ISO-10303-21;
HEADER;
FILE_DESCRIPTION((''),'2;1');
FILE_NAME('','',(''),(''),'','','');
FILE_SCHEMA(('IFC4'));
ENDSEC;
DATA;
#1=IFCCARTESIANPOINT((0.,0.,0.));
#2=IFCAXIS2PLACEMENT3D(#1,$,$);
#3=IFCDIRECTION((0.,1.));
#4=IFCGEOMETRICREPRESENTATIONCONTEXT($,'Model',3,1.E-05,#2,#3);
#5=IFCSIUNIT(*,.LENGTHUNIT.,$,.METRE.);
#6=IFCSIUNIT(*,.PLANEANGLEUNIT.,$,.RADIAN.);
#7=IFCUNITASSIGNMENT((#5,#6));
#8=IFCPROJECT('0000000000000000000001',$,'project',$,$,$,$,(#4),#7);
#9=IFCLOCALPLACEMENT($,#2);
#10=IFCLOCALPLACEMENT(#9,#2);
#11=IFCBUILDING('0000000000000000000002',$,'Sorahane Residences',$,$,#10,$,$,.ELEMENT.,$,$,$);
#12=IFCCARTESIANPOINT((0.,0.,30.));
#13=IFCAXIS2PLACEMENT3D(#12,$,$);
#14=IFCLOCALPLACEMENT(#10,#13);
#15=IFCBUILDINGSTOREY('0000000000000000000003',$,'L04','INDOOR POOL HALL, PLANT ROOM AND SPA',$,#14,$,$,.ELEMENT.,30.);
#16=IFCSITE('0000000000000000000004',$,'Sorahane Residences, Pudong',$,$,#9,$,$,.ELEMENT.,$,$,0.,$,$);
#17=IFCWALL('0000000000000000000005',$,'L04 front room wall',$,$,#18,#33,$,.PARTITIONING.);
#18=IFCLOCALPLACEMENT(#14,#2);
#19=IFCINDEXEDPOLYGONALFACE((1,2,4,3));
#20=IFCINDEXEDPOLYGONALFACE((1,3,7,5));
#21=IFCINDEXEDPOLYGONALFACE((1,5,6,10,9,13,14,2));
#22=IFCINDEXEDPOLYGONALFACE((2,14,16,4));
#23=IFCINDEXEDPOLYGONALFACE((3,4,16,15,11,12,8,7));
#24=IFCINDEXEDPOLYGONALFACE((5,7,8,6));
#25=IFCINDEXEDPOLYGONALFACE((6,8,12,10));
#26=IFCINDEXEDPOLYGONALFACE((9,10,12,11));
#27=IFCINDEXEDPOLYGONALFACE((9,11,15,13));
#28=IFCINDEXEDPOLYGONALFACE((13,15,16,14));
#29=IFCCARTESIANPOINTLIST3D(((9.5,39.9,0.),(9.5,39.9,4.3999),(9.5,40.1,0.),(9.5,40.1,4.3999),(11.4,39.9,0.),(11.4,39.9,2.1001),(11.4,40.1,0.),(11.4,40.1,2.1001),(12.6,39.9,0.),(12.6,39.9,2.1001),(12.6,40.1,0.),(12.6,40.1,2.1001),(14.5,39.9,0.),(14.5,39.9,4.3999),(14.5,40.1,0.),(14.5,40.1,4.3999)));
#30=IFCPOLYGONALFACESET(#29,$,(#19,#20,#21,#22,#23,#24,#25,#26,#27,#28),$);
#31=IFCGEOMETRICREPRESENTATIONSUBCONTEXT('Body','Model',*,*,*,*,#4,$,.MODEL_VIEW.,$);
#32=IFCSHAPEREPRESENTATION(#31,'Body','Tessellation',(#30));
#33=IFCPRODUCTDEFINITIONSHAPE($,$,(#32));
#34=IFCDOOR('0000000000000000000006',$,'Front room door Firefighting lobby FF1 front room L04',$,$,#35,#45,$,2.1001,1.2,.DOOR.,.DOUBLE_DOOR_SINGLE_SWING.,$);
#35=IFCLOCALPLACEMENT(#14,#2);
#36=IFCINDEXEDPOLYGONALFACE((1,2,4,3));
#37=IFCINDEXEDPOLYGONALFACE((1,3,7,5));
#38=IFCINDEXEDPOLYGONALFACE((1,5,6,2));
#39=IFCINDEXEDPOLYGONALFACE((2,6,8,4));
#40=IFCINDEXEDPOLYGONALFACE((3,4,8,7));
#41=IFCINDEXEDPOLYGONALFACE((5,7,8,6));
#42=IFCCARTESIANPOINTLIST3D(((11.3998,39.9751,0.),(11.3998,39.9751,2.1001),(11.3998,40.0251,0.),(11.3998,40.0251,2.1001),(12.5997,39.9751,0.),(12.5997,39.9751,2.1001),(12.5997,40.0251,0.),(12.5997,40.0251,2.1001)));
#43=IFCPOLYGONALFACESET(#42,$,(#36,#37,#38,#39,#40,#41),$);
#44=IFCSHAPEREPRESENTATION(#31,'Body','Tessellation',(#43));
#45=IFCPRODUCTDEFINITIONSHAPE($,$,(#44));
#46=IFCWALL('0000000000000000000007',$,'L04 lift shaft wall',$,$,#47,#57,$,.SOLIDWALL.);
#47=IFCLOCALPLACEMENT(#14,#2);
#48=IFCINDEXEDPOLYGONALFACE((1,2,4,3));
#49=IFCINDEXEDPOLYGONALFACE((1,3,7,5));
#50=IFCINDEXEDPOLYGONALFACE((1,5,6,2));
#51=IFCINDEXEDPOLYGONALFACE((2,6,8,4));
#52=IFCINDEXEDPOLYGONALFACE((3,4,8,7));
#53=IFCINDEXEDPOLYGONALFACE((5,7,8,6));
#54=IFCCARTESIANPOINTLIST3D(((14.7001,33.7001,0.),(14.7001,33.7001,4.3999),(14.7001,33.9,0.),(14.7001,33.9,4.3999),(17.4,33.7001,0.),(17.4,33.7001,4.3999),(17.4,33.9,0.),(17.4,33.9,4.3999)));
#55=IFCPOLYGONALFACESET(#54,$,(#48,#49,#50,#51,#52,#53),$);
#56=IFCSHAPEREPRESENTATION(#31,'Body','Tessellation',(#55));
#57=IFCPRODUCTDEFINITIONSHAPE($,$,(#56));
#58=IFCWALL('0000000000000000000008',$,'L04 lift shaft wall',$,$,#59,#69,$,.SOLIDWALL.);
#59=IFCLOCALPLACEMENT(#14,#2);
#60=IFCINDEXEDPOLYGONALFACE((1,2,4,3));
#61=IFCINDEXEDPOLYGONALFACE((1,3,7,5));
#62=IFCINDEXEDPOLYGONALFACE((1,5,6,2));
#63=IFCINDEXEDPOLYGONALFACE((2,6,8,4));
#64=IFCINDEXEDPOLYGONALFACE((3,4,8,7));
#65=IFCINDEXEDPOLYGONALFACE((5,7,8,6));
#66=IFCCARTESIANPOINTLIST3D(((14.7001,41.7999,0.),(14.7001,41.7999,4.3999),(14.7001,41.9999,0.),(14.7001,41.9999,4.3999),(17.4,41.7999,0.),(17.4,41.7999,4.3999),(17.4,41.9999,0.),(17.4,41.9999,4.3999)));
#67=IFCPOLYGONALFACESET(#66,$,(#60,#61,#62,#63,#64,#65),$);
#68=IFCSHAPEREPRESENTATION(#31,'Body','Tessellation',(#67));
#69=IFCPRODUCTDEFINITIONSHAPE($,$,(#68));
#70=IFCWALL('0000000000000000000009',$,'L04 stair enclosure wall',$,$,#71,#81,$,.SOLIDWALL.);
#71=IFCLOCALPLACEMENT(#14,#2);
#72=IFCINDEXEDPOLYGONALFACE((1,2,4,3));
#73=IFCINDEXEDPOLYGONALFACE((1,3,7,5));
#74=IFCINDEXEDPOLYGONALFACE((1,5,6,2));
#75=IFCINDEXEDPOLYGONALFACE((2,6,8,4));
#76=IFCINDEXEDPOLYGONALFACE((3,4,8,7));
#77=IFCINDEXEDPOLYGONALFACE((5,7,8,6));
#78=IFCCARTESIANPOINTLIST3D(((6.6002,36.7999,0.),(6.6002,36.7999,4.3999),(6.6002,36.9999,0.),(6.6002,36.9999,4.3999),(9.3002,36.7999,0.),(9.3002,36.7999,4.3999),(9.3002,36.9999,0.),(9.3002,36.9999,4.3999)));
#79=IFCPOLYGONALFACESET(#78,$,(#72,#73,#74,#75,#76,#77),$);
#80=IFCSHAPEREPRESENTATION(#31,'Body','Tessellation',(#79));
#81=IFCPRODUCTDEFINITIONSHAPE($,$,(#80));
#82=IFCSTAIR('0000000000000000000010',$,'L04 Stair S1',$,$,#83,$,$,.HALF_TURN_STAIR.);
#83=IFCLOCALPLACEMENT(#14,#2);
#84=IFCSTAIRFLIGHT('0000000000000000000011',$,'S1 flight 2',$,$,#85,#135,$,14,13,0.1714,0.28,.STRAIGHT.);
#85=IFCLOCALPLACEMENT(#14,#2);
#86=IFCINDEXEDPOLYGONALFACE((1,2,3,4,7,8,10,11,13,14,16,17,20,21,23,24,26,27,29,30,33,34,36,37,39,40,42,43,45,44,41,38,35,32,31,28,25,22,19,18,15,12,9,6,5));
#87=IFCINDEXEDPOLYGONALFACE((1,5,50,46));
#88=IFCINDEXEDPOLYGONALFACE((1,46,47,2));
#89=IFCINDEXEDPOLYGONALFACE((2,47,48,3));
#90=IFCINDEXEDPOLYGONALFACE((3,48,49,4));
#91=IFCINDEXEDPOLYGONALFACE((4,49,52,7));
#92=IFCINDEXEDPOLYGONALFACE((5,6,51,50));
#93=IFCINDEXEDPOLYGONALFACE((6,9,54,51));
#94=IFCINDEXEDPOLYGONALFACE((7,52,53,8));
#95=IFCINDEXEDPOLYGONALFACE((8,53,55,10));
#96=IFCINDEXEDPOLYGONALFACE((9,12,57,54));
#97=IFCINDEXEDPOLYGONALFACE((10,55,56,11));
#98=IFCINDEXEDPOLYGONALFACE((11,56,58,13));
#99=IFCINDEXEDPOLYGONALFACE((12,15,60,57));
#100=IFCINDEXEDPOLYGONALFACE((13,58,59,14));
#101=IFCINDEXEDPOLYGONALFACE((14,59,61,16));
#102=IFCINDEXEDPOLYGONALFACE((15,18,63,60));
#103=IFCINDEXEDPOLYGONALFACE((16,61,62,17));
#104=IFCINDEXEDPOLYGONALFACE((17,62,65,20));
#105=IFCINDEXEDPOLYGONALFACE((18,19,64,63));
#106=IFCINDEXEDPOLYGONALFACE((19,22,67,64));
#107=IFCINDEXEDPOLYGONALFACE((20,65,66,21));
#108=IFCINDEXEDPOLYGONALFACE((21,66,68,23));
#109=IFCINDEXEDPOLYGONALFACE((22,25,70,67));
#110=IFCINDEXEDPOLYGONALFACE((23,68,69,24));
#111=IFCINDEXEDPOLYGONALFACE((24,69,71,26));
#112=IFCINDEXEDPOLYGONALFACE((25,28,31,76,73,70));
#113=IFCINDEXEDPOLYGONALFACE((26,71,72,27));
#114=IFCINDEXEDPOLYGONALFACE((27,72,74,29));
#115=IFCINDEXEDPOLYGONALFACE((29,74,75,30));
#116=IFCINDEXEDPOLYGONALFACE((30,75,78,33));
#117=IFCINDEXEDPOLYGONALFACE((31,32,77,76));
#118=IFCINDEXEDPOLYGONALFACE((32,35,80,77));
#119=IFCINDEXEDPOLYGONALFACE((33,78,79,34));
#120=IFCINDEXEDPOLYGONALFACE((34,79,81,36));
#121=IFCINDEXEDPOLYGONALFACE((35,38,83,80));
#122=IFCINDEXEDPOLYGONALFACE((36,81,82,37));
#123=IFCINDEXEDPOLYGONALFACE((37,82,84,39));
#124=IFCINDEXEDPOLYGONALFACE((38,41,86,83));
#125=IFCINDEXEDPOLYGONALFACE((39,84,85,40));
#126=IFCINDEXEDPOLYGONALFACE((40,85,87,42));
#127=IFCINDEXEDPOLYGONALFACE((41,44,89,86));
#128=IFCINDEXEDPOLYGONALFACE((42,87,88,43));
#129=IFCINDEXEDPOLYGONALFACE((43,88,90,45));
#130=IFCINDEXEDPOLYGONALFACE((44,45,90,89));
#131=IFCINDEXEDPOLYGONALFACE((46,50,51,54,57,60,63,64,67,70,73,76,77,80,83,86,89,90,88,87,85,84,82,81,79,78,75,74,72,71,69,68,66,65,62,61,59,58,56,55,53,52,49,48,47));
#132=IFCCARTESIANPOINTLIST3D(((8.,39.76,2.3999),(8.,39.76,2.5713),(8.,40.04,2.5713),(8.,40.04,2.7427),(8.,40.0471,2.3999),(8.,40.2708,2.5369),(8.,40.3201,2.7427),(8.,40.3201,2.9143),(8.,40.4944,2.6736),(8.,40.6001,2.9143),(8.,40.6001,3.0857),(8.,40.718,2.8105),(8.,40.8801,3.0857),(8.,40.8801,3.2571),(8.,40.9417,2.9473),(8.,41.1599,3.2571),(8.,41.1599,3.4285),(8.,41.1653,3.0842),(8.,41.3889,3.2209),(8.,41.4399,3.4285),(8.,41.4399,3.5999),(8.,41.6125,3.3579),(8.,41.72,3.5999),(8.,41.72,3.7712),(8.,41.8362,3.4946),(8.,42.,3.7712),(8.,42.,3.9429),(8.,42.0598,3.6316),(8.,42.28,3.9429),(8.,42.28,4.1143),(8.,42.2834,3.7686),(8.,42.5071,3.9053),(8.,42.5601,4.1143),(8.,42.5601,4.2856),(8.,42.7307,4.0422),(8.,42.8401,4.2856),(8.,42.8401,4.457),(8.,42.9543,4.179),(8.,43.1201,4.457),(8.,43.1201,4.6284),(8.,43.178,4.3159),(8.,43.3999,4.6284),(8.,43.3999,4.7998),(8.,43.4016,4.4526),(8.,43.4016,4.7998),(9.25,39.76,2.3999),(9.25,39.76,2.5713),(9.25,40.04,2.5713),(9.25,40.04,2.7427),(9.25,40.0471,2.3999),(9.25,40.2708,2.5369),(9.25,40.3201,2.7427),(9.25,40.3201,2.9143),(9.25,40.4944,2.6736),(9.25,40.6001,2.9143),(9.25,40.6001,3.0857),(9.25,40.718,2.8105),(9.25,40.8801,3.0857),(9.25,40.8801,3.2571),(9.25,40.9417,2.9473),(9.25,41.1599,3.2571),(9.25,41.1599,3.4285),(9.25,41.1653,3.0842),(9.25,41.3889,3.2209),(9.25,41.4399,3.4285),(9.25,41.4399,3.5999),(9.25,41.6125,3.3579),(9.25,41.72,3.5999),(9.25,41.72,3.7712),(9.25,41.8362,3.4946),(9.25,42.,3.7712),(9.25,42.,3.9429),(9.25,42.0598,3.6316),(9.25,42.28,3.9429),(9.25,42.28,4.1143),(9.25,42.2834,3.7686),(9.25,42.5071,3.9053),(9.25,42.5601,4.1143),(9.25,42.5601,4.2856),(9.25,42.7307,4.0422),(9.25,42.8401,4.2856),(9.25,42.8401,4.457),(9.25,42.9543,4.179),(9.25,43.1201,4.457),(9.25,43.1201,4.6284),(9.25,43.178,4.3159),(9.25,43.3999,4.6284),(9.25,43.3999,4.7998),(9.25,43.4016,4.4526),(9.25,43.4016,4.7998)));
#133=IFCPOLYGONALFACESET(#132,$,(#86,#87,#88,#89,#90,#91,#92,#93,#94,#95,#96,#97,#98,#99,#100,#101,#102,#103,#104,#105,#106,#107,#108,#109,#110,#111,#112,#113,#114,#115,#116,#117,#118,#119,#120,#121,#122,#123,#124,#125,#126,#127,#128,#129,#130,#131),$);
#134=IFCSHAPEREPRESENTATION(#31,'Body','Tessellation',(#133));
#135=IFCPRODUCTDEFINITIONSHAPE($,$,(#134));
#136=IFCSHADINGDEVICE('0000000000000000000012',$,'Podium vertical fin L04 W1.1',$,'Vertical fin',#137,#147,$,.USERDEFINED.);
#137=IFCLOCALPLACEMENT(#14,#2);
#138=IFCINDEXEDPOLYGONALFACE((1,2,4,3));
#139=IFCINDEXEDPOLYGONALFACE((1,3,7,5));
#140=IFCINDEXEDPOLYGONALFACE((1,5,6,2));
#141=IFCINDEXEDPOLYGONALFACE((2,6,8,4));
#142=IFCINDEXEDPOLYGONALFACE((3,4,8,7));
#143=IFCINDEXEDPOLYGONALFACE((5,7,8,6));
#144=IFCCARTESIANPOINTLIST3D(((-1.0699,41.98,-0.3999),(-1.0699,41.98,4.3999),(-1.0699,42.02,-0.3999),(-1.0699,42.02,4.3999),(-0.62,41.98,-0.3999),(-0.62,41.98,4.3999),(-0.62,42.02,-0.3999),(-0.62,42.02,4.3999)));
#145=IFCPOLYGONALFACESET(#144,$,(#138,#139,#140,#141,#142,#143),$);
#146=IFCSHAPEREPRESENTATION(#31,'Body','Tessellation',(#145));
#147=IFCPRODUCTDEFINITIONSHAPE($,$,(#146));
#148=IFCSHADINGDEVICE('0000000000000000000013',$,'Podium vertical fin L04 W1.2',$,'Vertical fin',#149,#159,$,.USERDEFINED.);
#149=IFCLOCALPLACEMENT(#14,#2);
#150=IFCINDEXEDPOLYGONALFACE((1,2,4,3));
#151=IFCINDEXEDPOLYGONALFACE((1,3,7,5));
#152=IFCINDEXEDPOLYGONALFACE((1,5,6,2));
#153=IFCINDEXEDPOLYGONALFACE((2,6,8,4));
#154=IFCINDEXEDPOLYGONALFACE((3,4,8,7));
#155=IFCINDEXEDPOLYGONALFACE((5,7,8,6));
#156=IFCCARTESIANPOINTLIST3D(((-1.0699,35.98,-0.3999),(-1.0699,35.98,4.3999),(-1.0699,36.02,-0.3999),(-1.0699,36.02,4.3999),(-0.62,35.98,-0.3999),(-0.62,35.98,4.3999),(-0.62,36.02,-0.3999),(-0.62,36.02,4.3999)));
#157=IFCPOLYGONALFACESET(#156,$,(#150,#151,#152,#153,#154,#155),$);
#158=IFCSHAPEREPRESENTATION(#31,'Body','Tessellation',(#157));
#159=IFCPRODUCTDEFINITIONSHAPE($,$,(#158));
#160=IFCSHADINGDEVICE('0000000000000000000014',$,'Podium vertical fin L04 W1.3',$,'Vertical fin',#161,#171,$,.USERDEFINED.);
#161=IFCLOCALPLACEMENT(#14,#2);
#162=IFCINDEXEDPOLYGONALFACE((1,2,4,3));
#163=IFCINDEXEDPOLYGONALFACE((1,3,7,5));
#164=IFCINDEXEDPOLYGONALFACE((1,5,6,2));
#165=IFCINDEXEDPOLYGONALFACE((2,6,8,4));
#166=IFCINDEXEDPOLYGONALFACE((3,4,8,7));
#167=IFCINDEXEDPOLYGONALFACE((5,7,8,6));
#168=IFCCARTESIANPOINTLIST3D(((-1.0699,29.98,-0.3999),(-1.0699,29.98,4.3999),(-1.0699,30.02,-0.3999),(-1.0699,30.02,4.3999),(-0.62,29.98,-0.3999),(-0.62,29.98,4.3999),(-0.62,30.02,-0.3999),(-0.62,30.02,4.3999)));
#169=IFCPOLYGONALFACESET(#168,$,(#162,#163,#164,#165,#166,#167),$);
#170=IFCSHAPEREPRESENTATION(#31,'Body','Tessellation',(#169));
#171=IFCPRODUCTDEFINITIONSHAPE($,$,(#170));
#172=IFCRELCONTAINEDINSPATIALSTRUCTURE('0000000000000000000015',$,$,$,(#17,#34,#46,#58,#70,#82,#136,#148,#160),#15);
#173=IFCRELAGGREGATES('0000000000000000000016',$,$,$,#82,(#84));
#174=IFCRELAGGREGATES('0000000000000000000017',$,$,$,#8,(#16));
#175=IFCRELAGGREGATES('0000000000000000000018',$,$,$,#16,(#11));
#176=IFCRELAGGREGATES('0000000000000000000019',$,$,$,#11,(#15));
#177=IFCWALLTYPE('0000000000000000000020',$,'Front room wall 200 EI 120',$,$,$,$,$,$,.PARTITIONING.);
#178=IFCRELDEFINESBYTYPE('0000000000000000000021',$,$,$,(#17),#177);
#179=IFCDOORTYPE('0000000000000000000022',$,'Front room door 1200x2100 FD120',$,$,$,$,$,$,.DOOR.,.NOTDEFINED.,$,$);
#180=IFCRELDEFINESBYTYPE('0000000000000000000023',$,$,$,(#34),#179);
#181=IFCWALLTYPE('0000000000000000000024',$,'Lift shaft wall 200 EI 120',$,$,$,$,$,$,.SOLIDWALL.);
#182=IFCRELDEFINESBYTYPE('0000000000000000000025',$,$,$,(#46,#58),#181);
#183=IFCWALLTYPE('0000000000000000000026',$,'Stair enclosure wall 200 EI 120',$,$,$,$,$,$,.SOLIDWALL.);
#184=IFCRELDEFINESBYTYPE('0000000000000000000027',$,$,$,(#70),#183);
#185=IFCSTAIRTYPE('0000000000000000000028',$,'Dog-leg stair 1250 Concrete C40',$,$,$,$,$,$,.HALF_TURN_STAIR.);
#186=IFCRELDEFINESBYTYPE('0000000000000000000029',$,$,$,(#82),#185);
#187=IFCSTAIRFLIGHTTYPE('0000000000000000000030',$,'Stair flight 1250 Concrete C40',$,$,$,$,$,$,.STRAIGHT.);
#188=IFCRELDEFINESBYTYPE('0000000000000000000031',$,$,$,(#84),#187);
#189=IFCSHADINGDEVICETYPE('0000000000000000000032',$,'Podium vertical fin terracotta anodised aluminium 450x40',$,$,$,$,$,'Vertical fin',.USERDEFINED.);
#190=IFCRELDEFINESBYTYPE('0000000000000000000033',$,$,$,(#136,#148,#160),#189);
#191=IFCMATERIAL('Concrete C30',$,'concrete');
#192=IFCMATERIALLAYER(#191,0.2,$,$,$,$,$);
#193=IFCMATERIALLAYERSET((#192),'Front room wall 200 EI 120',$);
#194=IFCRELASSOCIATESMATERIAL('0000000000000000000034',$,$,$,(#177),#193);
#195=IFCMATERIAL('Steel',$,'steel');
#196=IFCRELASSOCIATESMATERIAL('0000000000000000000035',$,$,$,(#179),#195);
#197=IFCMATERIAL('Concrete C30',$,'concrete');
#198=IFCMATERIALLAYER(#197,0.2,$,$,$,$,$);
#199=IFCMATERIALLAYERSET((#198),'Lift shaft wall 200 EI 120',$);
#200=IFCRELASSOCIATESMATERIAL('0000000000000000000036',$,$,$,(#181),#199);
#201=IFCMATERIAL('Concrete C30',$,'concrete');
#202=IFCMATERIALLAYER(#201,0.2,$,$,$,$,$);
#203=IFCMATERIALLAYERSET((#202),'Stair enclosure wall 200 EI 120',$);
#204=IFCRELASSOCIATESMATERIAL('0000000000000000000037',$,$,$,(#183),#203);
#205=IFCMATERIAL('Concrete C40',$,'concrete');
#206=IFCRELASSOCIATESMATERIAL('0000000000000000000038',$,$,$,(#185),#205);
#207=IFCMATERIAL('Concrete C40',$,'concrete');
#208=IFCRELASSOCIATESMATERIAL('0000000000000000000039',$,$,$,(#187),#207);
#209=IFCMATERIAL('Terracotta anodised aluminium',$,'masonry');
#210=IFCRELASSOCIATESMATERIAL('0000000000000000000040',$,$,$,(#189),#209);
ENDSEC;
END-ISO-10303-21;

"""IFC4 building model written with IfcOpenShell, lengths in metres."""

from ifc_helpers import new_model, si_unit, direction, frame, frame_2d, origin, origin_2d, place, context, subcontext, project, spatial, polyline, rectangle, outline, extrude, material, layer, layer_set, material_profile, profile_set, type_object, element, fill, aggregate, save


model = new_model("IFC4")

# Units and contexts
model_context = context("Model", 3, precision=1e-05, world=origin(), true_north=direction((0.0, 1.0)))
body_context = subcontext(model_context, "Body", "Model", "MODEL_VIEW")
ifc_project = project(units=[si_unit("LENGTHUNIT", "METRE"), si_unit("PLANEANGLEUNIT", "RADIAN")], contexts=[model_context])

# Site, building, storey
site_placement = place(None, origin())
site = spatial("IfcSite", under=ifc_project, at=site_placement, Name="Sorahane Residences, Pudong", CompositionType="ELEMENT", RefElevation=0.0)
building_placement = place(site_placement, origin())
building = spatial("IfcBuilding", under=site, at=building_placement, Name="Sorahane Residences", CompositionType="ELEMENT")
storey_placement = place(building_placement, frame((0.0, 0.0, 30.0)))
storey = spatial("IfcBuildingStorey", under=building, at=storey_placement, Name="L04", Description="INDOOR POOL HALL, PLANT ROOM AND SPA", CompositionType="ELEMENT", Elevation=30.0)

# Wall, opening, door
ifc_material_1 = material(Name="Concrete C30", Category="concrete")
ifc_layer_1 = layer(ifc_material_1, 0.2)
ifc_layer_set_1 = layer_set([ifc_layer_1], Name="Front room wall 200 EI 120")
wall_type_1 = type_object("IfcWallType", Name="Front room wall 200 EI 120", PredefinedType="PARTITIONING", material=ifc_layer_set_1)
wall_1_placement = place(storey_placement, frame((9.5, 40.0, 0.0), z_axis=(0.0, 0.0, 1.0), x_axis=(1.0, 0.0, 0.0)))
wall_1 = element("IfcWall", 1, at=wall_1_placement, inside=storey, type_object=wall_type_1, Name="L04 front room wall", PredefinedType="PARTITIONING", context=body_context, shape_type="SweptSolid", body=[
    extrude(rectangle(XDim=5.0, YDim=0.2, at=frame_2d((2.5, 0.0))), origin(), (0.0, 0.0, 1.0), 4.3999),
])
opening_placement = place(wall_1_placement, frame((1.8999, 0.0, 0.0)))
opening = element("IfcOpeningElement", 2, at=opening_placement, cuts=wall_1, PredefinedType="OPENING", context=body_context, shape_type="SweptSolid", body=[
    extrude(rectangle(XDim=1.2, YDim=2.1001, at=frame_2d((0.6001, 1.05))), frame((0.0, 0.1099, 0.0), z_axis=(0.0, -1.0, 0.0), x_axis=(1.0, 0.0, 0.0)), (0.0, 0.0, 1.0), 0.22),
])
ifc_material_2 = material(Name="Steel", Category="steel")
door_type = type_object("IfcDoorType", Name="Front room door 1200x2100 FD120", OperationType="NOTDEFINED", PredefinedType="DOOR", material=ifc_material_2)
door_placement = place(opening_placement, frame((1.2, 0.0, 0.0), z_axis=(0.0, 0.0, 1.0), x_axis=(-1.0, 0.0, 0.0)))
door = element("IfcDoor", 3, at=door_placement, inside=storey, type_object=door_type, Name="Front room door Firefighting lobby FF1 front room L04", OperationType="DOUBLE_DOOR_SINGLE_SWING", OverallHeight=2.1001, OverallWidth=1.2, PredefinedType="DOOR", context=body_context, shape_type="SweptSolid", body=[
    extrude(rectangle(XDim=1.2, YDim=2.1001, at=frame_2d((0.6001, 1.05))), frame((0.0, 0.0249, 0.0), z_axis=(0.0, -1.0, 0.0), x_axis=(1.0, 0.0, 0.0)), (0.0, 0.0, 1.0), 0.05),
])
fill(opening, door)

# Walls
ifc_material_3 = material(Name="Concrete C30", Category="concrete")
ifc_layer_2 = layer(ifc_material_3, 0.2)
ifc_layer_set_2 = layer_set([ifc_layer_2], Name="Lift shaft wall 200 EI 120")
wall_type_2 = type_object("IfcWallType", Name="Lift shaft wall 200 EI 120", PredefinedType="SOLIDWALL", material=ifc_layer_set_2)
for number, where, z_axis, x_axis, name in (
    (4, (14.7, 33.8, 0.0), (0.0, 0.0, 1.0), (1.0, 0.0, 0.0), "L04 lift shaft wall"),
    (5, (14.7, 41.8999, 0.0), (0.0, 0.0, 1.0), (1.0, 0.0, 0.0), "L04 lift shaft wall"),
):
    element("IfcWall", number, at=place(storey_placement, frame(where, z_axis=z_axis, x_axis=x_axis)), inside=storey, type_object=wall_type_2, Name=name, PredefinedType="SOLIDWALL", context=body_context, shape_type="SweptSolid", body=[
        extrude(rectangle(XDim=2.7, YDim=0.2, at=frame_2d((1.3501, 0.0))), origin(), (0.0, 0.0, 1.0), 4.3999),
    ])
ifc_material_4 = material(Name="Concrete C30", Category="concrete")
ifc_layer_3 = layer(ifc_material_4, 0.2)
ifc_layer_set_3 = layer_set([ifc_layer_3], Name="Stair enclosure wall 200 EI 120")
wall_type_3 = type_object("IfcWallType", Name="Stair enclosure wall 200 EI 120", PredefinedType="SOLIDWALL", material=ifc_layer_set_3)
wall_2_placement = place(storey_placement, frame((6.6001, 36.8999, 0.0), z_axis=(0.0, 0.0, 1.0), x_axis=(1.0, 0.0, 0.0)))
element("IfcWall", 6, at=wall_2_placement, inside=storey, type_object=wall_type_3, Name="L04 stair enclosure wall", PredefinedType="SOLIDWALL", context=body_context, shape_type="SweptSolid", body=[
    extrude(rectangle(XDim=2.7, YDim=0.2, at=frame_2d((1.3501, 0.0))), origin(), (0.0, 0.0, 1.0), 4.3999),
])

# Stair, stair flight
ifc_material_5 = material(Name="Concrete C40", Category="concrete")
stair_type = type_object("IfcStairType", Name="Dog-leg stair 1250 Concrete C40", PredefinedType="HALF_TURN_STAIR", material=ifc_material_5)
stair_placement = place(storey_placement, origin())
stair = element("IfcStair", 7, at=stair_placement, inside=storey, type_object=stair_type, Name="L04 Stair S1", PredefinedType="HALF_TURN_STAIR")
ifc_material_6 = material(Name="Concrete C40", Category="concrete")
stair_flight_type = type_object("IfcStairFlightType", Name="Stair flight 1250 Concrete C40", PredefinedType="STRAIGHT", material=ifc_material_6)
stair_flight_placement = place(storey_placement, frame((8.625, 39.76, 2.3999), z_axis=(0.0, 0.0, 1.0), x_axis=(0.0, 1.0, 0.0)))
stair_flight = element("IfcStairFlight", 8, at=stair_flight_placement, type_object=stair_flight_type, Name="S1 flight 2", NumberOfRisers=14, NumberOfTreads=13, PredefinedType="STRAIGHT", RiserHeight=0.1714, TreadLength=0.28, context=body_context, shape_type="SweptSolid", body=[
    extrude(outline(polyline([(0.0, 0.0), (0.0, 0.1714), (0.28, 0.1714), (0.28, 0.3428), (0.5601, 0.3428), (0.5601, 0.5144), (0.8401, 0.5144), (0.8401, 0.6858), (1.1201, 0.6858), (1.1201, 0.8572), (1.3999, 0.8572), (1.3999, 1.0286), (1.6799, 1.0286), (1.6799, 1.2), (1.96, 1.2), (1.96, 1.3713), (2.24, 1.3713), (2.24, 1.543), (2.52, 1.543), (2.52, 1.7144), (2.8, 1.7144), (2.8, 1.8857), (3.0801, 1.8857), (3.0801, 2.0571), (3.3601, 2.0571), (3.3601, 2.2285), (3.6399, 2.2285), (3.6399, 2.3999), (3.6416, 2.3999), (3.6416, 2.0527), (3.418, 1.916), (3.1943, 1.7791), (2.9707, 1.6423), (2.7471, 1.5054), (2.5234, 1.3687), (2.2998, 1.2317), (2.0762, 1.0947), (1.8525, 0.958), (1.6289, 0.821), (1.4053, 0.6843), (1.1816, 0.5474), (0.958, 0.4106), (0.7344, 0.2737), (0.5107, 0.137), (0.2871, 0.0), (0.0, 0.0)])), frame((0.0, 0.625, 0.0), z_axis=(0.0, -1.0, 0.0), x_axis=(1.0, 0.0, 0.0)), (0.0, 0.0, 1.0), 1.25),
])
aggregate(stair, [stair_flight])

# Shading devices
ifc_material_7 = material(Name="Terracotta anodised aluminium", Category="masonry")
ifc_material_profile_1 = material_profile(ifc_material_7, rectangle(XDim=0.45, YDim=0.04, at=origin_2d()), Name="Podium vertical fin terracotta anodised aluminium 450x40")
ifc_profile_set_1 = profile_set([ifc_material_profile_1], Name="Terracotta anodised aluminium")
shading_device_type = type_object("IfcShadingDeviceType", Name="Podium vertical fin terracotta anodised aluminium 450x40", ElementType="Vertical fin", PredefinedType="USERDEFINED", material=ifc_profile_set_1)
for number, where, z_axis, x_axis, name in (
    (9, (-0.845, 42.0, -0.3999), (0.0, 0.0, 1.0), (-1.0, 0.0, 0.0), "Podium vertical fin L04 W1.1"),
    (10, (-0.845, 36.0, -0.3999), (0.0, 0.0, 1.0), (-1.0, 0.0, 0.0), "Podium vertical fin L04 W1.2"),
    (11, (-0.845, 30.0, -0.3999), (0.0, 0.0, 1.0), (-1.0, 0.0, 0.0), "Podium vertical fin L04 W1.3"),
):
    element("IfcShadingDevice", number, at=place(storey_placement, frame(where, z_axis=z_axis, x_axis=x_axis)), inside=storey, type_object=shading_device_type, Name=name, ObjectType="Vertical fin", PredefinedType="USERDEFINED", context=body_context, shape_type="SweptSolid", body=[
        extrude(rectangle(XDim=0.45, YDim=0.04, at=origin_2d()), origin(), (0.0, 0.0, 1.0), 4.7998),
    ])

save(model, "model.ifc")
